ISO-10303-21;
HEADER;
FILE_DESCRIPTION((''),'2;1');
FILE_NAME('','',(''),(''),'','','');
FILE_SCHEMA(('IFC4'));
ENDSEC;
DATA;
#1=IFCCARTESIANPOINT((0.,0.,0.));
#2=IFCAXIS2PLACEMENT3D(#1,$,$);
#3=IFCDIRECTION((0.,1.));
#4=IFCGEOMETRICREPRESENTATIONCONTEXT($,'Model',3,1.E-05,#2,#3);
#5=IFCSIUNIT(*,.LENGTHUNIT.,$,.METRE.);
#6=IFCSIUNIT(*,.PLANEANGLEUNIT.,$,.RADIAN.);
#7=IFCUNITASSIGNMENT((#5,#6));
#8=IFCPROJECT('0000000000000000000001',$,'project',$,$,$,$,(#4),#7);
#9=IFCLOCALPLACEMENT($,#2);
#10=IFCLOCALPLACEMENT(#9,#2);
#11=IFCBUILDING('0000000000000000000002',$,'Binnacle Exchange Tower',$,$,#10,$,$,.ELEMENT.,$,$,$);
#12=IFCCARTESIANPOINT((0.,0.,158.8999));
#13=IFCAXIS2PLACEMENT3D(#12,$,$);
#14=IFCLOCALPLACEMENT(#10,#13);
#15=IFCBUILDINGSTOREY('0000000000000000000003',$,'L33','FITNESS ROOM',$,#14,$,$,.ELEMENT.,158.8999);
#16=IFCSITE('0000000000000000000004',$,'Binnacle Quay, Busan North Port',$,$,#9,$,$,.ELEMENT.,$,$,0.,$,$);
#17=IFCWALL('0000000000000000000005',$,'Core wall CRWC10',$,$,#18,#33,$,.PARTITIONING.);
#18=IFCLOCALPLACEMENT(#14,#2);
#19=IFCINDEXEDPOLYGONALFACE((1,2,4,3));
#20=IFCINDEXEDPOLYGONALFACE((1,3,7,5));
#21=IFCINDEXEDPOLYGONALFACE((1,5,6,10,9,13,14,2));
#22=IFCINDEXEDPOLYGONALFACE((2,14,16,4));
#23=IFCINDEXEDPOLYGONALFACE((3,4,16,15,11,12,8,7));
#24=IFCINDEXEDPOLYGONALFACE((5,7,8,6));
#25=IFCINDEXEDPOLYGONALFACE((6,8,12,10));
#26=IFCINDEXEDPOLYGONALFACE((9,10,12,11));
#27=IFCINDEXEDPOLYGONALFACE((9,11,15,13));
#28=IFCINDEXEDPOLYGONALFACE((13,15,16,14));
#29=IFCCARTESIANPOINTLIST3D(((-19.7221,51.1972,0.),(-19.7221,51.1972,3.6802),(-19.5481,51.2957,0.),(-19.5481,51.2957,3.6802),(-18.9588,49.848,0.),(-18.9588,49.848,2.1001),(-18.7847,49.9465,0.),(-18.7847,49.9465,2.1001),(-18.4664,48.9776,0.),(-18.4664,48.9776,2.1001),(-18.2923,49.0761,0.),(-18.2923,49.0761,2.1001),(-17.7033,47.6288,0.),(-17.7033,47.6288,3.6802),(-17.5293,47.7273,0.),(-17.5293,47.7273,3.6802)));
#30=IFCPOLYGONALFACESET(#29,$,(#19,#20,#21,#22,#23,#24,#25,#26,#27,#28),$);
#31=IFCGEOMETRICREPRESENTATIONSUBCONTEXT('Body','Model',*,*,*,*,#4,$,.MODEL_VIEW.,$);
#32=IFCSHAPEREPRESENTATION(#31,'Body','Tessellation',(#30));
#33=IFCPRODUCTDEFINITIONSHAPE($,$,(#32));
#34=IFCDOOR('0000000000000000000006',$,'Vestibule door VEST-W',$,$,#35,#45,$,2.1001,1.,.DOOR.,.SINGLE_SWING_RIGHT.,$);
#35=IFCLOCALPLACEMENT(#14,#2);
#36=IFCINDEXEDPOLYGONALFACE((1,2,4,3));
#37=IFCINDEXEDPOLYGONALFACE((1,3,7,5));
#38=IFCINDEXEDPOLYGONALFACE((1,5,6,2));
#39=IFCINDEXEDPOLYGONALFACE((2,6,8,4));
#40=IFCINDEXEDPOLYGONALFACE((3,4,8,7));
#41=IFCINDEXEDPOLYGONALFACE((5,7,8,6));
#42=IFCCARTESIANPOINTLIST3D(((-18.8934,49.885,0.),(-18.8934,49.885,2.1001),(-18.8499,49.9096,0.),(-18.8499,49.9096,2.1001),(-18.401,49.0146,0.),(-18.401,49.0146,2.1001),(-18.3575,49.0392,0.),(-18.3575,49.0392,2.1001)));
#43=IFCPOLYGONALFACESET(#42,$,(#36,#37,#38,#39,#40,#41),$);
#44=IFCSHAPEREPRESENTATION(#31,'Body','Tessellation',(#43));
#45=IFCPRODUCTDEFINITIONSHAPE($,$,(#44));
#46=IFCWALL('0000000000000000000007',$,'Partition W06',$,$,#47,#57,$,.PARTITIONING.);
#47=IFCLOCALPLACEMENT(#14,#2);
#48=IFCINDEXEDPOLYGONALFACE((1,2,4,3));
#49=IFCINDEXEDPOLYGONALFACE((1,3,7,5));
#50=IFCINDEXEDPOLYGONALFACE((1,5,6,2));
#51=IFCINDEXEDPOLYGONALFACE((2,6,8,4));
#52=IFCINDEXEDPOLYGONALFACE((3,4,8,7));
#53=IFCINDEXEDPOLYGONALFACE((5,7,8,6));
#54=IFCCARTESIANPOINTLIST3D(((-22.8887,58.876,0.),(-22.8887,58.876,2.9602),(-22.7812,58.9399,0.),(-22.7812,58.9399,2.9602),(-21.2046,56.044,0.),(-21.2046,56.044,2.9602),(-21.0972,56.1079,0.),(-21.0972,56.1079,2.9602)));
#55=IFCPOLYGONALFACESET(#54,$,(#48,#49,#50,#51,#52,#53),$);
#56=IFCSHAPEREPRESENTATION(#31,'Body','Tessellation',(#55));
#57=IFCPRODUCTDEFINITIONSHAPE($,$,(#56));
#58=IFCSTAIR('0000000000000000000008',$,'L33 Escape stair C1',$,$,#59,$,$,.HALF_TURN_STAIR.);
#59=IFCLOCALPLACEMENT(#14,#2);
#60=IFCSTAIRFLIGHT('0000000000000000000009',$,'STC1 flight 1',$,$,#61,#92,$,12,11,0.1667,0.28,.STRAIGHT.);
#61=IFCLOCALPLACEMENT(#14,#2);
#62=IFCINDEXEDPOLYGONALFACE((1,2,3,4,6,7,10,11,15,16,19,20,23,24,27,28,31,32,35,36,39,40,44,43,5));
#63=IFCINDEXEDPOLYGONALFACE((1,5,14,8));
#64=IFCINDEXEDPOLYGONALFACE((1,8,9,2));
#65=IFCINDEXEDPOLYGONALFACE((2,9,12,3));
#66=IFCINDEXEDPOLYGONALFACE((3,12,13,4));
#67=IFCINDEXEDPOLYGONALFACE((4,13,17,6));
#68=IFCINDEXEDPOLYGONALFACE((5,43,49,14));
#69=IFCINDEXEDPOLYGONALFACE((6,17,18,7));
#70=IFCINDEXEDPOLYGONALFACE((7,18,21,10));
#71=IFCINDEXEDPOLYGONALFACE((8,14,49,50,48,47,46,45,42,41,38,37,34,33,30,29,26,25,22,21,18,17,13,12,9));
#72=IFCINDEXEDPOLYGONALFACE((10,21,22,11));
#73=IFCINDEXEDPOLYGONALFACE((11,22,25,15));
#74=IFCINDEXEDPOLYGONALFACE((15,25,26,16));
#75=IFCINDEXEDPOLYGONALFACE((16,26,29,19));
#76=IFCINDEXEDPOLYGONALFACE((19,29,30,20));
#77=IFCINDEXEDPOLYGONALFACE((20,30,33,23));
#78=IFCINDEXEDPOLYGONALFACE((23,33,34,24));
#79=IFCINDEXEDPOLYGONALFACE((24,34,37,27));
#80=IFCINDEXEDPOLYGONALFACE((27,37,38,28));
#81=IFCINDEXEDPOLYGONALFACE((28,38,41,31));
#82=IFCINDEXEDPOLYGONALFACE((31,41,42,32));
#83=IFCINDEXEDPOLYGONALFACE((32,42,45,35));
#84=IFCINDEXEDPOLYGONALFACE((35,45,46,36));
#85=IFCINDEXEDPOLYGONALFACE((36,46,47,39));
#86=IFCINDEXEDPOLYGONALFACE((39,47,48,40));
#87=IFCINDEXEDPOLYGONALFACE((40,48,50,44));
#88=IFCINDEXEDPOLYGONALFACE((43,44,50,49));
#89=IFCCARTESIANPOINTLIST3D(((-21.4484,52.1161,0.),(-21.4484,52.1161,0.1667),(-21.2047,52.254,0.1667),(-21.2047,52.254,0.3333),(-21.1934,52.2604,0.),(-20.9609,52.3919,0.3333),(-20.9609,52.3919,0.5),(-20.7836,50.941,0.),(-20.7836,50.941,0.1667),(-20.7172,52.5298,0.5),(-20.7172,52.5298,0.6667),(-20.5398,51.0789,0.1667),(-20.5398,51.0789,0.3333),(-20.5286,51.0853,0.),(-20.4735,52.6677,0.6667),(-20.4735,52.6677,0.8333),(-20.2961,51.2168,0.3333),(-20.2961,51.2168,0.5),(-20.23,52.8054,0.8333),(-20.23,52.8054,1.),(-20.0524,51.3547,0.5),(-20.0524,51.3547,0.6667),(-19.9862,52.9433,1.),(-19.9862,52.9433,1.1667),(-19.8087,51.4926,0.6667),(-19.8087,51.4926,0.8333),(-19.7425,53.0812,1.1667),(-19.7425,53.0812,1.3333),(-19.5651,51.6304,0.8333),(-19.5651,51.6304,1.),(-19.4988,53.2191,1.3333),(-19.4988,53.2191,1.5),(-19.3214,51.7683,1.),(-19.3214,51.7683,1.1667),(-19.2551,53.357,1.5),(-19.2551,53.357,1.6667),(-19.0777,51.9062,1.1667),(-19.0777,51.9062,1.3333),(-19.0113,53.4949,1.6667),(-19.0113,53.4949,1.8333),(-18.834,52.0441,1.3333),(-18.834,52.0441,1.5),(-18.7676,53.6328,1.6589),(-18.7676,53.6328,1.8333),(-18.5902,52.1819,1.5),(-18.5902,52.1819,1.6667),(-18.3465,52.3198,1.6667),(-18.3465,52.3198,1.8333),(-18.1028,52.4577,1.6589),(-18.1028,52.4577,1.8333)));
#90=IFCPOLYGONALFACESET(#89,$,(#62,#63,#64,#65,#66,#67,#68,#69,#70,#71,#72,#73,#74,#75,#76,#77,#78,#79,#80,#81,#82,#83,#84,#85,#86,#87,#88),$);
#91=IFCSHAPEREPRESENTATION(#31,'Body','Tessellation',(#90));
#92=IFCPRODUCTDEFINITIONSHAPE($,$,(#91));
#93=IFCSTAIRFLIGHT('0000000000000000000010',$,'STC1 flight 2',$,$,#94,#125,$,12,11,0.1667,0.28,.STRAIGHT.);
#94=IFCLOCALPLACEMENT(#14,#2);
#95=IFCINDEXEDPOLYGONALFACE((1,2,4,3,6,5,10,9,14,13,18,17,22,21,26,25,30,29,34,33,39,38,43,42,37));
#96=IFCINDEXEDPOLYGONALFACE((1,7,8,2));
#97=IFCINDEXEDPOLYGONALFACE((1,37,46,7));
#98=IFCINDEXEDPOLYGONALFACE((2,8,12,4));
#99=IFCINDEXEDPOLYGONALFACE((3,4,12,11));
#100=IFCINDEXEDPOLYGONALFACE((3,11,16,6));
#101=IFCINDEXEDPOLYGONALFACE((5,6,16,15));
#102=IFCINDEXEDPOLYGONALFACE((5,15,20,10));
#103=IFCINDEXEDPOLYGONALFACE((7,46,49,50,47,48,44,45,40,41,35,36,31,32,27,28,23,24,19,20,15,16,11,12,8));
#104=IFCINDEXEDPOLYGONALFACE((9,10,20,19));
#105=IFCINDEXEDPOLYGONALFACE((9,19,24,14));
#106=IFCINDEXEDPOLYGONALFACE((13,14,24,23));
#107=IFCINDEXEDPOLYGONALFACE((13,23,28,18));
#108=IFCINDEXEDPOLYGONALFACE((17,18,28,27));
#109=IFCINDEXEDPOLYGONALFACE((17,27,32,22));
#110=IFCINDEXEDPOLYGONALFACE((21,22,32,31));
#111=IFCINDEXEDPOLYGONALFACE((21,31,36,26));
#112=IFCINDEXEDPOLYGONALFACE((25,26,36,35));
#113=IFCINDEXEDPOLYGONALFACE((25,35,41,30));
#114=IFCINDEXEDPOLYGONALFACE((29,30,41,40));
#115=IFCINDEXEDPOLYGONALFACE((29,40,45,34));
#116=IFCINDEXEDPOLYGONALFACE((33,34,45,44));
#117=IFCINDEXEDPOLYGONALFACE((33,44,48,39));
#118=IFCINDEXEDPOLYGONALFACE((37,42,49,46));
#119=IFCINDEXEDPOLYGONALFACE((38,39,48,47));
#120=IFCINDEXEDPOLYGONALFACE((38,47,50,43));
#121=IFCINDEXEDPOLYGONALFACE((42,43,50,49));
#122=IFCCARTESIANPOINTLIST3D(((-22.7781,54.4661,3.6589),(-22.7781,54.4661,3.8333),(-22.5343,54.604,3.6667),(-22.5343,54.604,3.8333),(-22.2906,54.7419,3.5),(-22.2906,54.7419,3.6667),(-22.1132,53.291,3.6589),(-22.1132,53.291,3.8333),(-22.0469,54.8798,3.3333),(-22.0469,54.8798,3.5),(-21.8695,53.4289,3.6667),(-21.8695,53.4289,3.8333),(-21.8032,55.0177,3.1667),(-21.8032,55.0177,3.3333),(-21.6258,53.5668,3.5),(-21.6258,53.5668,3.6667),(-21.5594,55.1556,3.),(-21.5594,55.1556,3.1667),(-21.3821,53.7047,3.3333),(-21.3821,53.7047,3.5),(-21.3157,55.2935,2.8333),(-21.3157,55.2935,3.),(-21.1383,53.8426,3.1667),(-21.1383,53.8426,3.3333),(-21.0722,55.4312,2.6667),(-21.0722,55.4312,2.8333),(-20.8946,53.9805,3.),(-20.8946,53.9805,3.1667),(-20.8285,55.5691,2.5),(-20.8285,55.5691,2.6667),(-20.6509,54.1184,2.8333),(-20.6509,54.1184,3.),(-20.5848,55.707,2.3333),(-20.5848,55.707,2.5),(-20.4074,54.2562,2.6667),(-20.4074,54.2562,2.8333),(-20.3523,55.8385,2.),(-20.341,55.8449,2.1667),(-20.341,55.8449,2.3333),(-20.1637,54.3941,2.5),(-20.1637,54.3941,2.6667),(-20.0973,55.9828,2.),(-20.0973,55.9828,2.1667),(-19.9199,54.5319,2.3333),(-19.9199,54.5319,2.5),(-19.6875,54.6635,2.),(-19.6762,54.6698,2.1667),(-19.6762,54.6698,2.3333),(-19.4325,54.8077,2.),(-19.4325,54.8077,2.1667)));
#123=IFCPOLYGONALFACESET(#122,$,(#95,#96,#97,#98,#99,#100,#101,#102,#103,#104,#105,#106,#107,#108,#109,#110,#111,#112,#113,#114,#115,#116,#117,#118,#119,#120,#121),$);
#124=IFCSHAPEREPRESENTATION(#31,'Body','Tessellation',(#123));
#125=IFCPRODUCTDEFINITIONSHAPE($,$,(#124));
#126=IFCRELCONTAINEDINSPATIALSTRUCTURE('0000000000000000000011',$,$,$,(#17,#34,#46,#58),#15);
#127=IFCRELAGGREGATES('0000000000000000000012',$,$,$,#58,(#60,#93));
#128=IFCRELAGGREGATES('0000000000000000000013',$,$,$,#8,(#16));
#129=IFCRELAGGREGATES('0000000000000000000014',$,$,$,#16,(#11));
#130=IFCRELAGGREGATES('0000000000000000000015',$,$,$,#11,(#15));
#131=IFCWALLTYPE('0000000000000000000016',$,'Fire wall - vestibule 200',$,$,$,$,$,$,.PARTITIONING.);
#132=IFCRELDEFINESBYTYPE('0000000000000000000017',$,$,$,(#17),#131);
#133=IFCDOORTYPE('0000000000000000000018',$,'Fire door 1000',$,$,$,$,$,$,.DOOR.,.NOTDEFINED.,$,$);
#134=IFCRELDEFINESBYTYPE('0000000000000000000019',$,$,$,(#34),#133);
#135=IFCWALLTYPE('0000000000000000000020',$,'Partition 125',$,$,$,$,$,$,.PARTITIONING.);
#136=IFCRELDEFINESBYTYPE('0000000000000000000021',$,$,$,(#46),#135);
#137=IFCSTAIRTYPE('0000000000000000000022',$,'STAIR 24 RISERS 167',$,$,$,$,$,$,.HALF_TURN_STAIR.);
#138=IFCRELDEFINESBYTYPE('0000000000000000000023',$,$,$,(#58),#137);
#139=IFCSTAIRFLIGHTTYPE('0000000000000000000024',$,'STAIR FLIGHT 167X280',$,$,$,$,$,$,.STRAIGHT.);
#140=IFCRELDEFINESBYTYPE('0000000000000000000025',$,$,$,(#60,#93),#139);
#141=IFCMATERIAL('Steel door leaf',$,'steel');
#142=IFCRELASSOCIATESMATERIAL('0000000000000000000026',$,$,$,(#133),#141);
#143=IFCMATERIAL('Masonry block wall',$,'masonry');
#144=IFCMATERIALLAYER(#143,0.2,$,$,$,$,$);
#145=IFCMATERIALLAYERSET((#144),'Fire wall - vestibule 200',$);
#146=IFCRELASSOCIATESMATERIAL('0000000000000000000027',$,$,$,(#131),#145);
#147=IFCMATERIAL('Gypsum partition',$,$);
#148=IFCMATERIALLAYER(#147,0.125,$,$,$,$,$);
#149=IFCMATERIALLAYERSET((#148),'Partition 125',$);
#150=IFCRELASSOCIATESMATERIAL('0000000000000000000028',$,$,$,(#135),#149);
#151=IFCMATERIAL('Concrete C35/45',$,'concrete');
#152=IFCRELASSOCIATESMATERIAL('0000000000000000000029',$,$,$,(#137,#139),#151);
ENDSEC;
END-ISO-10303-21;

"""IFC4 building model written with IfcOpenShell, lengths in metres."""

from ifc_helpers import new_model, si_unit, direction, frame, frame_2d, origin, place, context, subcontext, project, spatial, polyline, rectangle, outline, extrude, material, layer, layer_set, type_object, element, fill, aggregate, save


model = new_model("IFC4")

# Units and contexts
model_context = context("Model", 3, precision=1e-05, world=origin(), true_north=direction((0.0, 1.0)))
body_context = subcontext(model_context, "Body", "Model", "MODEL_VIEW")
ifc_project = project(units=[si_unit("LENGTHUNIT", "METRE"), si_unit("PLANEANGLEUNIT", "RADIAN")], contexts=[model_context])

# Site, building, storey
site_placement = place(None, origin())
site = spatial("IfcSite", under=ifc_project, at=site_placement, Name="Binnacle Quay, Busan North Port", CompositionType="ELEMENT", RefElevation=0.0)
building_placement = place(site_placement, origin())
building = spatial("IfcBuilding", under=site, at=building_placement, Name="Binnacle Exchange Tower", CompositionType="ELEMENT")
storey_placement = place(building_placement, frame((0.0, 0.0, 158.8999)))
storey = spatial("IfcBuildingStorey", under=building, at=storey_placement, Name="L33", Description="FITNESS ROOM", CompositionType="ELEMENT", Elevation=158.8999)

# Wall, opening, door
ifc_material_1 = material(Name="Steel door leaf", Category="steel")
door_type = type_object("IfcDoorType", Name="Fire door 1000", OperationType="NOTDEFINED", PredefinedType="DOOR", material=ifc_material_1)
ifc_material_2 = material(Name="Masonry block wall", Category="masonry")
ifc_layer_1 = layer(ifc_material_2, 0.2)
ifc_layer_set_1 = layer_set([ifc_layer_1], Name="Fire wall - vestibule 200")
wall_type_1 = type_object("IfcWallType", Name="Fire wall - vestibule 200", PredefinedType="PARTITIONING", material=ifc_layer_set_1)
wall_1_placement = place(storey_placement, frame((-19.635, 51.2463, 0.0), z_axis=(0.0, 0.0, 1.0), x_axis=(0.492408, -0.870364, 0.0)))
wall_1 = element("IfcWall", 1, at=wall_1_placement, inside=storey, type_object=wall_type_1, Name="Core wall CRWC10", PredefinedType="PARTITIONING", context=body_context, shape_type="SweptSolid", body=[
    extrude(rectangle(XDim=4.0999, YDim=0.2, at=frame_2d((2.0498, 0.0))), origin(), (0.0, 0.0, 1.0), 3.6802),
])
opening_1_placement = place(wall_1_placement, frame((1.55, 0.0, 0.0)))
opening_1 = element("IfcOpeningElement", 2, at=opening_1_placement, cuts=wall_1, PredefinedType="OPENING", context=body_context, shape_type="SweptSolid", body=[
    extrude(rectangle(XDim=1.0, YDim=2.1001, at=frame_2d((0.5, 1.05))), frame((0.0, 0.1099, 0.0), z_axis=(0.0, -1.0, 0.0), x_axis=(1.0, 0.0, 0.0)), (0.0, 0.0, 1.0), 0.22),
])
door_1_placement = place(opening_1_placement, frame((1.0, 0.0, 0.0), z_axis=(0.0, 0.0, 1.0), x_axis=(-1.0, 0.0, 0.0)))
door_1 = element("IfcDoor", 3, at=door_1_placement, inside=storey, type_object=door_type, Name="Vestibule door VEST-W", OperationType="SINGLE_SWING_RIGHT", OverallHeight=2.1001, OverallWidth=1.0, PredefinedType="DOOR", context=body_context, shape_type="SweptSolid", body=[
    extrude(rectangle(XDim=1.0, YDim=2.1001, at=frame_2d((0.5, 1.05))), frame((0.0, 0.0249, 0.0), z_axis=(0.0, -1.0, 0.0), x_axis=(1.0, 0.0, 0.0)), (0.0, 0.0, 1.0), 0.05),
])
fill(opening_1, door_1)

# Wall
ifc_material_3 = material(Name="Gypsum partition")
ifc_layer_2 = layer(ifc_material_3, 0.125)
ifc_layer_set_2 = layer_set([ifc_layer_2], Name="Partition 125")
wall_type_2 = type_object("IfcWallType", Name="Partition 125", PredefinedType="PARTITIONING", material=ifc_layer_set_2)
wall_2_placement = place(storey_placement, frame((-22.835, 58.908, 0.0), z_axis=(0.0, 0.0, 1.0), x_axis=(0.511114, -0.859513, 0.0)))
element("IfcWall", 4, at=wall_2_placement, inside=storey, type_object=wall_type_2, Name="Partition W06", PredefinedType="PARTITIONING", context=body_context, shape_type="SweptSolid", body=[
    extrude(rectangle(XDim=3.2949, YDim=0.125, at=frame_2d((1.6475, 0.0))), origin(), (0.0, 0.0, 1.0), 2.9602),
])

# Stair, stair flights
ifc_material_4 = material(Name="Concrete C35/45", Category="concrete")
stair_type = type_object("IfcStairType", Name="STAIR 24 RISERS 167", PredefinedType="HALF_TURN_STAIR", material=ifc_material_4)
stair_placement = place(storey_placement, origin())
stair = element("IfcStair", 5, at=stair_placement, inside=storey, type_object=stair_type, Name="L33 Escape stair C1", PredefinedType="HALF_TURN_STAIR")
stair_flight_type = type_object("IfcStairFlightType", Name="STAIR FLIGHT 167X280", PredefinedType="STRAIGHT", material=ifc_material_4)
stair_flight_1_placement = place(storey_placement, frame((-21.116, 51.5286, 0.0), z_axis=(0.0, 0.0, 1.0), x_axis=(0.870356, 0.492424, 0.0)))
stair_flight_1 = element("IfcStairFlight", 6, at=stair_flight_1_placement, type_object=stair_flight_type, Name="STC1 flight 1", NumberOfRisers=12, NumberOfTreads=11, PredefinedType="STRAIGHT", RiserHeight=0.1667, TreadLength=0.28, context=body_context, shape_type="SweptSolid", body=[
    extrude(outline(polyline([(0.0, 0.0), (0.0, 0.1667), (0.28, 0.1667), (0.28, 0.3333), (0.5601, 0.3333), (0.5601, 0.5), (0.8401, 0.5), (0.8401, 0.6667), (1.1201, 0.6667), (1.1201, 0.8333), (1.3999, 0.8333), (1.3999, 1.0), (1.6799, 1.0), (1.6799, 1.1667), (1.96, 1.1667), (1.96, 1.3333), (2.24, 1.3333), (2.24, 1.5), (2.52, 1.5), (2.52, 1.6667), (2.8, 1.6667), (2.8, 1.8333), (3.0801, 1.8333), (3.0801, 2.0), (3.0801, 1.6589), (0.293, 0.0), (0.0, 0.0)])), frame((0.0, 0.675, 0.0), z_axis=(0.0, -1.0, 0.0), x_axis=(1.0, 0.0, 0.0)), (0.0, 0.0, 1.0), 1.3501),
])
stair_flight_2_placement = place(storey_placement, frame((-19.7649, 55.3953, 2.0), z_axis=(0.0, 0.0, 1.0), x_axis=(-0.870356, -0.492424, 0.0)))
stair_flight_2 = element("IfcStairFlight", 7, at=stair_flight_2_placement, type_object=stair_flight_type, Name="STC1 flight 2", NumberOfRisers=12, NumberOfTreads=11, PredefinedType="STRAIGHT", RiserHeight=0.1667, TreadLength=0.28, context=body_context, shape_type="SweptSolid", body=[
    extrude(outline(polyline([(0.0, 0.0), (0.0, 0.1667), (0.28, 0.1667), (0.28, 0.3333), (0.5601, 0.3333), (0.5601, 0.5), (0.8401, 0.5), (0.8401, 0.6667), (1.1201, 0.6667), (1.1201, 0.8333), (1.3999, 0.8333), (1.3999, 1.0), (1.6799, 1.0), (1.6799, 1.1667), (1.96, 1.1667), (1.96, 1.3333), (2.24, 1.3333), (2.24, 1.5), (2.52, 1.5), (2.52, 1.6667), (2.8, 1.6667), (2.8, 1.8333), (3.0801, 1.8333), (3.0801, 2.0), (3.0801, 1.6589), (0.293, 0.0), (0.0, 0.0)])), frame((0.0, 0.675, 0.0), z_axis=(0.0, -1.0, 0.0), x_axis=(1.0, 0.0, 0.0)), (0.0, 0.0, 1.0), 1.3501),
])
aggregate(stair, [stair_flight_1, stair_flight_2])

save(model, "model.ifc")
